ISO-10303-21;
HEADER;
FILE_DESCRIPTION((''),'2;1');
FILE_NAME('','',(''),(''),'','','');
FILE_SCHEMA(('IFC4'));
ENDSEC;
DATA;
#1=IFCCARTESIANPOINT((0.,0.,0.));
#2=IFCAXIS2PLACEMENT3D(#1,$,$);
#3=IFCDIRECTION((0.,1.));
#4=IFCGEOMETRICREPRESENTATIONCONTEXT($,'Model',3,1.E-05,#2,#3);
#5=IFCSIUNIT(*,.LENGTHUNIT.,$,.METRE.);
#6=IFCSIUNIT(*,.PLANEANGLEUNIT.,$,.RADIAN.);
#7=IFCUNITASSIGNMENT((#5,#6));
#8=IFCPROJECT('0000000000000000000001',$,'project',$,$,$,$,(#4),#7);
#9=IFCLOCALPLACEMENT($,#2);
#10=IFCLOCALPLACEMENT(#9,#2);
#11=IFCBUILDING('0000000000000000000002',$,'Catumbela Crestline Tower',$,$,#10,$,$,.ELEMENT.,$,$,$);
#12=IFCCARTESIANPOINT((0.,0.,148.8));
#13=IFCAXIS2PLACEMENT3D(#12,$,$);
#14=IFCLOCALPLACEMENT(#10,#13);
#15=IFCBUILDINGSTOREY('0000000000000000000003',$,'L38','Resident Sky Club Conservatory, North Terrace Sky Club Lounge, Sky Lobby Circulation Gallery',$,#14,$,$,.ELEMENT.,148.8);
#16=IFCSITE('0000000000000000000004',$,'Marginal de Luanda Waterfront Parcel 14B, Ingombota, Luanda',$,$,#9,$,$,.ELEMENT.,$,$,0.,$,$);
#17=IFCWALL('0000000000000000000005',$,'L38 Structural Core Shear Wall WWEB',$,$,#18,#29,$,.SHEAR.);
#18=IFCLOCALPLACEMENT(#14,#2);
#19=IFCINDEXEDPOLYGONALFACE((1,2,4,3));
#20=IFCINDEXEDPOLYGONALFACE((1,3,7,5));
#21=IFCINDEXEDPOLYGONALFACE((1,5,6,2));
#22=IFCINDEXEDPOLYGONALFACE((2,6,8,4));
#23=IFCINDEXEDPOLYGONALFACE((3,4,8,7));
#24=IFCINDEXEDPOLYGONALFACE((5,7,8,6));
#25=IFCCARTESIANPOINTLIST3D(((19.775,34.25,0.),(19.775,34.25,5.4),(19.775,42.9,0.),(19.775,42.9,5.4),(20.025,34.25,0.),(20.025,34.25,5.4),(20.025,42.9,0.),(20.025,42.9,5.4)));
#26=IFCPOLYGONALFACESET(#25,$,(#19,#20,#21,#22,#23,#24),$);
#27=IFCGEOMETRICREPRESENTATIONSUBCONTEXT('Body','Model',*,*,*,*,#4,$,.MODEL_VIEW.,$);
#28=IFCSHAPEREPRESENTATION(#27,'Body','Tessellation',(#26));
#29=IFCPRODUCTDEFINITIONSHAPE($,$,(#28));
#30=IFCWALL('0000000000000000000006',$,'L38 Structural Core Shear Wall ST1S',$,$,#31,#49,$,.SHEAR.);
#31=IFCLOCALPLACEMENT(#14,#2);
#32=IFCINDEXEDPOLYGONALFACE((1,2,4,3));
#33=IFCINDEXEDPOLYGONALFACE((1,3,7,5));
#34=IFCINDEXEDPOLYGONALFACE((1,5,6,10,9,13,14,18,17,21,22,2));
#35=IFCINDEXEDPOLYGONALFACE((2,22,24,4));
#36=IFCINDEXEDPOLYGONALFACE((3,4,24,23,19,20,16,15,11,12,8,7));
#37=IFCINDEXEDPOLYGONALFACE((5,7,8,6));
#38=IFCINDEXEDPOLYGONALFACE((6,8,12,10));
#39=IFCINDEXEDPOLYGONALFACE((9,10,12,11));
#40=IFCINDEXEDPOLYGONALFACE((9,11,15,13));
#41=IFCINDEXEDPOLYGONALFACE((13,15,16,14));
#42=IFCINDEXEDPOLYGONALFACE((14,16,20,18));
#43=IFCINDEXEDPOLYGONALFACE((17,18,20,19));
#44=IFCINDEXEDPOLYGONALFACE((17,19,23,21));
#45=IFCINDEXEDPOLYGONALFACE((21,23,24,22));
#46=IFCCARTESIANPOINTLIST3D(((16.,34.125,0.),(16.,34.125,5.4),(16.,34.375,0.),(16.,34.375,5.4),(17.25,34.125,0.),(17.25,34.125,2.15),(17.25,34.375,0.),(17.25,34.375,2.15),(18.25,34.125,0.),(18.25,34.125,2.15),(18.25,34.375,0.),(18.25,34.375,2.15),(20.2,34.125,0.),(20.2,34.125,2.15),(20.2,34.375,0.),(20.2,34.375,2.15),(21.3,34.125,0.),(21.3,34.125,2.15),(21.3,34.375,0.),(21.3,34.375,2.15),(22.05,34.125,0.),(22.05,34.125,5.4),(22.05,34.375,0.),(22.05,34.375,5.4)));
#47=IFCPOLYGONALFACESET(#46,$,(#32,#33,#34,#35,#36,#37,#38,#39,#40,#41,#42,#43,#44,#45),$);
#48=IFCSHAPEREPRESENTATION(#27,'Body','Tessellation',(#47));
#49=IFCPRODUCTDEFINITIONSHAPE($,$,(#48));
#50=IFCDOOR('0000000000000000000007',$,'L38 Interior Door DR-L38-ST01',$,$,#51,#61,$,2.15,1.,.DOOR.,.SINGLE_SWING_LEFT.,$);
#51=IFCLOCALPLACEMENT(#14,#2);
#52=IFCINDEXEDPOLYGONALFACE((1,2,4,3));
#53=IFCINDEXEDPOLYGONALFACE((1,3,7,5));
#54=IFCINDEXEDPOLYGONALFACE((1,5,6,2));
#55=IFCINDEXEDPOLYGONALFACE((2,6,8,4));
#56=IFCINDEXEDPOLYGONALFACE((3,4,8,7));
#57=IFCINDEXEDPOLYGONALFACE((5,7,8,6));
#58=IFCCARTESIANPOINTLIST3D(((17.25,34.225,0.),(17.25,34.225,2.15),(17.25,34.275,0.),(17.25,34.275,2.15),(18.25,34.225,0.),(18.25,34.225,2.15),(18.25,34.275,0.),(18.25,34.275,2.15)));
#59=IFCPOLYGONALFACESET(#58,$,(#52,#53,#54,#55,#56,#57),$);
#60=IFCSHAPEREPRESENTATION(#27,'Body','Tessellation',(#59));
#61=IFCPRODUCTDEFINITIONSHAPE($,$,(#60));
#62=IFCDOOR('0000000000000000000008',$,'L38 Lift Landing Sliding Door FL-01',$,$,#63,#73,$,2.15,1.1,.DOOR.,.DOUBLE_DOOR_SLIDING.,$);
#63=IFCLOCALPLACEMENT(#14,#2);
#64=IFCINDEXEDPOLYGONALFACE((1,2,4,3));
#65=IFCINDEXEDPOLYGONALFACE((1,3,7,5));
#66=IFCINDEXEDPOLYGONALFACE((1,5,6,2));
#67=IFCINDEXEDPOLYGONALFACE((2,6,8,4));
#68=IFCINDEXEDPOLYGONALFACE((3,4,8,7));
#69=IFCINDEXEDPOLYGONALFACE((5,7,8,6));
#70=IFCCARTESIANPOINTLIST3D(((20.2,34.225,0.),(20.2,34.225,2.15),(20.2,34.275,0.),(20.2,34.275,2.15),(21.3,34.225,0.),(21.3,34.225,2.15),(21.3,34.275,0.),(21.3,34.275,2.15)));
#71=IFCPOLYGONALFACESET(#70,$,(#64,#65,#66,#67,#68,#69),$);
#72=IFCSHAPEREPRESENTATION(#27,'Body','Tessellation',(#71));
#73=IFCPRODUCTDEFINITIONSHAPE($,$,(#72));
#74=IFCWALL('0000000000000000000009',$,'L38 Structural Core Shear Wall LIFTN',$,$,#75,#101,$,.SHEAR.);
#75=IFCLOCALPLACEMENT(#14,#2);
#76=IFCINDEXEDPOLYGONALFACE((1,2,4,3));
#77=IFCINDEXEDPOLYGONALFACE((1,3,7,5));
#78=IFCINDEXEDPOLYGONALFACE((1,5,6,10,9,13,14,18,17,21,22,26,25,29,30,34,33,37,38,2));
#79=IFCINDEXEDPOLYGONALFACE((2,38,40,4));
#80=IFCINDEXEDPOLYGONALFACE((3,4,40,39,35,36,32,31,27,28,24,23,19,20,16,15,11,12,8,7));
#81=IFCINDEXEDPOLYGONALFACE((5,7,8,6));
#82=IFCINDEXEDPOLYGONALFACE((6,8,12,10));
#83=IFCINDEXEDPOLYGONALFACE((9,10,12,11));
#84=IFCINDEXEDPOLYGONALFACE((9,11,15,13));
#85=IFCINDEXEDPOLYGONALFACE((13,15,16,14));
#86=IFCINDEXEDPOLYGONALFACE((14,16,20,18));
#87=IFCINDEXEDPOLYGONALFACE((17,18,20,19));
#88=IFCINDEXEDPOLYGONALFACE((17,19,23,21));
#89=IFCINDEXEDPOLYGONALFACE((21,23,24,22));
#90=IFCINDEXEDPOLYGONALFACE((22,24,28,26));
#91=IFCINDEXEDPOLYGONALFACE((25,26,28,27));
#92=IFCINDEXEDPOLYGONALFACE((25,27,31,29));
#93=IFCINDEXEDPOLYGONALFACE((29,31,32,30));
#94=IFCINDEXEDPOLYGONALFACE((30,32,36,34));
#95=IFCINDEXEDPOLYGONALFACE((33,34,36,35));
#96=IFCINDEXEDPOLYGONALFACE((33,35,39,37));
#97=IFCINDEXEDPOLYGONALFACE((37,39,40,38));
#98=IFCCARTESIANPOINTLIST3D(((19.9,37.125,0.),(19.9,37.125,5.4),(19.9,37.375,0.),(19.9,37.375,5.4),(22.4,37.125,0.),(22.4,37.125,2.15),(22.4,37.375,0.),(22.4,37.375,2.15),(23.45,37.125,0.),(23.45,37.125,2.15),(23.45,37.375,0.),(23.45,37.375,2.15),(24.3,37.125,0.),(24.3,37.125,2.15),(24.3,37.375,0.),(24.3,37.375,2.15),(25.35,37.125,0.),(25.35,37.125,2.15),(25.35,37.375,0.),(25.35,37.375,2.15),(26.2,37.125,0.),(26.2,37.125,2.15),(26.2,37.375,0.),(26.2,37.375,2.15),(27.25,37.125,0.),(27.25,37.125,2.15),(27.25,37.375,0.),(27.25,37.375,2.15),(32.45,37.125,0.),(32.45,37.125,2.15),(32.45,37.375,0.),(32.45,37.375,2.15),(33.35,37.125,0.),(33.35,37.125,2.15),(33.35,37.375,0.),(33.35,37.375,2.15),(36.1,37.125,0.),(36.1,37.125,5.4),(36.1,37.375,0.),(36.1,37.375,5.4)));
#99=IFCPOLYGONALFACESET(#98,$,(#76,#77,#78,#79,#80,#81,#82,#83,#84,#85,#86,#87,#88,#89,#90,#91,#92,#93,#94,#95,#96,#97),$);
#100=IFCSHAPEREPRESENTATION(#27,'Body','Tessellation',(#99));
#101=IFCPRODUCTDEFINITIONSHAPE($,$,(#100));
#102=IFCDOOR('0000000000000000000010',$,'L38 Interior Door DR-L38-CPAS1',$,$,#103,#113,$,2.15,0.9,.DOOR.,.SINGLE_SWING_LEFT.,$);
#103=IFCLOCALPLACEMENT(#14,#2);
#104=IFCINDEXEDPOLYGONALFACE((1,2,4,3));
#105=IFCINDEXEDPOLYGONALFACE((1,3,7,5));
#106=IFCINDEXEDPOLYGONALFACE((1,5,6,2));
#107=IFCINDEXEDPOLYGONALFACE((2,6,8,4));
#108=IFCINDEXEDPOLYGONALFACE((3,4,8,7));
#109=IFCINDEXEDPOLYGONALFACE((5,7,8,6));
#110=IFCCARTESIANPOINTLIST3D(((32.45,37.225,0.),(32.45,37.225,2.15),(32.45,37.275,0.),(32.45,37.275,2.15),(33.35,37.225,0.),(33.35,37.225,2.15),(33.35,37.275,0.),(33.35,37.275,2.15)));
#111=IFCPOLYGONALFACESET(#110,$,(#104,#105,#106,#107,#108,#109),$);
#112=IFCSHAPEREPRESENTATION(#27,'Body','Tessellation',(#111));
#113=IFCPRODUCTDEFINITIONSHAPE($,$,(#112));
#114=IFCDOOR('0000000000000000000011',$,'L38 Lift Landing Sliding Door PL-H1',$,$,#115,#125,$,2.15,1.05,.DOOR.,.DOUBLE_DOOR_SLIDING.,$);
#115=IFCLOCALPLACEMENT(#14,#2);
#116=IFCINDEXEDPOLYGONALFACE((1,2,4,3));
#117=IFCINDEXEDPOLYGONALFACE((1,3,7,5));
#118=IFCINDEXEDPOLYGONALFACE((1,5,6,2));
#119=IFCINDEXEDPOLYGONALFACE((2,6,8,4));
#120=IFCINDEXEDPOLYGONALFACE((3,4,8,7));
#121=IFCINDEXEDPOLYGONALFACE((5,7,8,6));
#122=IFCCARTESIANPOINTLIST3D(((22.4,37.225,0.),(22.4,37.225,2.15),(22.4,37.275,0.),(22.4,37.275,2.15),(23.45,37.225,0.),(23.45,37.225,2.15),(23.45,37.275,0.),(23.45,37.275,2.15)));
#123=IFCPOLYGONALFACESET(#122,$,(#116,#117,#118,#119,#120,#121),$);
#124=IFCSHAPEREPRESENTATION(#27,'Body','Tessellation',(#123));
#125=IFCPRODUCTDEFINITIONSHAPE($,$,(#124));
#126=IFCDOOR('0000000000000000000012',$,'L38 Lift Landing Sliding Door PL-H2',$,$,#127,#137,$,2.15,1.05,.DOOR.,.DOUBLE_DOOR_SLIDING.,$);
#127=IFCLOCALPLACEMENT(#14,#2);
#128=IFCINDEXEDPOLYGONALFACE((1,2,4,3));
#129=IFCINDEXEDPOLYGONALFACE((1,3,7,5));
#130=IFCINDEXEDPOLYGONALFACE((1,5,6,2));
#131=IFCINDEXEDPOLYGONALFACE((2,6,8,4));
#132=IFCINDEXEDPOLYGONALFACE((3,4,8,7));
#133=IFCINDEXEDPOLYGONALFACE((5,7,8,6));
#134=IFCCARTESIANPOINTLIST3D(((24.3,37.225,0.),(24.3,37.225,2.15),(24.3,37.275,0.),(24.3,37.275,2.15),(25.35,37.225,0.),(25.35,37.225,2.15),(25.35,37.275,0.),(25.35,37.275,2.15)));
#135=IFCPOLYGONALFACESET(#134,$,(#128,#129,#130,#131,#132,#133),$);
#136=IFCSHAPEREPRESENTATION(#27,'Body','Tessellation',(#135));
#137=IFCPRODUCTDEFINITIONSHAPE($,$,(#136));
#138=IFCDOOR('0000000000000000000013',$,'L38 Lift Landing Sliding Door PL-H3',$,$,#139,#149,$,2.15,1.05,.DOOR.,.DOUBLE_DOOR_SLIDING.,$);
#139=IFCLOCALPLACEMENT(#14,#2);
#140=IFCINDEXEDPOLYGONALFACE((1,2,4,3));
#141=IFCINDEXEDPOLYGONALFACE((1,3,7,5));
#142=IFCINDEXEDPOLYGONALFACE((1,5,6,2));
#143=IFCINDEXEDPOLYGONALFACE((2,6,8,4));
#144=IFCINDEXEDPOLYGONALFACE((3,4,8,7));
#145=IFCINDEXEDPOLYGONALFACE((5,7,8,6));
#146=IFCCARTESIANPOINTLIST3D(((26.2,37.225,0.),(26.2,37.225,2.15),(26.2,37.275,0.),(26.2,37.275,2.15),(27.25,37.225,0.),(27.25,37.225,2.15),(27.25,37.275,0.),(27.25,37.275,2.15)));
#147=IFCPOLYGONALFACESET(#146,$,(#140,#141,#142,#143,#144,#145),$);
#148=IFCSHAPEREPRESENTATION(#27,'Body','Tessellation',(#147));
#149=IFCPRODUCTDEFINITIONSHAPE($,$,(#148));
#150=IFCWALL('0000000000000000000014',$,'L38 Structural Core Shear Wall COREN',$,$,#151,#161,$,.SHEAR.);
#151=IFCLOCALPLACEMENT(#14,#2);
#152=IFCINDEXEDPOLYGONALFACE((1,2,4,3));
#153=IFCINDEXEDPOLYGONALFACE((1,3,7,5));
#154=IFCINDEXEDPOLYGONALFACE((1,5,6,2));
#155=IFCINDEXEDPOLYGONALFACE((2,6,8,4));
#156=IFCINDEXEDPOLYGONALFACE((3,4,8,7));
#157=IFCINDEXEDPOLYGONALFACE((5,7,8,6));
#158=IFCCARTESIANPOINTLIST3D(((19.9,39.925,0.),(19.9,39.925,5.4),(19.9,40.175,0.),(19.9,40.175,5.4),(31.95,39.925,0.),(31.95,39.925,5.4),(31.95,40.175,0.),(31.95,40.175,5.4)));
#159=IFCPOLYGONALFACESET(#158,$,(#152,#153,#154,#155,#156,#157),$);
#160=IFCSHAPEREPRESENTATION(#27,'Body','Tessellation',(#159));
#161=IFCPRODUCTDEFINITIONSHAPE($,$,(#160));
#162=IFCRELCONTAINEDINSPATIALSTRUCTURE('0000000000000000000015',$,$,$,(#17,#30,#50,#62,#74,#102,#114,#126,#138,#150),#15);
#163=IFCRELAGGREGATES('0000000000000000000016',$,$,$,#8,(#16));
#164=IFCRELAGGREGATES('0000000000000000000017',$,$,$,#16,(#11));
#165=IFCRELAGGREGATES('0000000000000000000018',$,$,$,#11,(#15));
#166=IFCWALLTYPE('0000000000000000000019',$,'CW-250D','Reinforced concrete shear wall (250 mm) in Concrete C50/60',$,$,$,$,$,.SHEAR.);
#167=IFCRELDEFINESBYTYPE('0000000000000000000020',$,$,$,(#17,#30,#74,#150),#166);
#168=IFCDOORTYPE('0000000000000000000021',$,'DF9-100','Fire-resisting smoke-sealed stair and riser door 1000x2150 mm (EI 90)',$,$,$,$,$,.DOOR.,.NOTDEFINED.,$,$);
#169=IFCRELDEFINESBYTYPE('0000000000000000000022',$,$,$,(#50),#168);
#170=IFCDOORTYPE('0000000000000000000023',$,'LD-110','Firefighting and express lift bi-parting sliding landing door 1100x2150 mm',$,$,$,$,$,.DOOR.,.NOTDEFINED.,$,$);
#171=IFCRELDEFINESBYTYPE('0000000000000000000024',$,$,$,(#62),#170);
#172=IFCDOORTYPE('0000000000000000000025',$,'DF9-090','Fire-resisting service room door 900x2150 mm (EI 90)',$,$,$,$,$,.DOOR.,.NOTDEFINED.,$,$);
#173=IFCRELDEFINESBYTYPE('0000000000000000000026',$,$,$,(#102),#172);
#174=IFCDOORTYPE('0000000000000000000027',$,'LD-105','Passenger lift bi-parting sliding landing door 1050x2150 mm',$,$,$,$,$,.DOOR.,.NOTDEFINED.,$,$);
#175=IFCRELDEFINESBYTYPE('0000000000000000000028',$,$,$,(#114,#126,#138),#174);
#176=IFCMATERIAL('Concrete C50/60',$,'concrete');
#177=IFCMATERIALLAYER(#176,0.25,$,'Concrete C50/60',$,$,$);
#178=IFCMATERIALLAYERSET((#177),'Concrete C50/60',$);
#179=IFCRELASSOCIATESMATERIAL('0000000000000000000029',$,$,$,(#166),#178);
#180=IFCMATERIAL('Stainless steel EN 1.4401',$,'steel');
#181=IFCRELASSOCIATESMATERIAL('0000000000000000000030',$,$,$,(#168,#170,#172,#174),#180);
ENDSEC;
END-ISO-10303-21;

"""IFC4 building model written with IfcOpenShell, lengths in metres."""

from ifc_helpers import new_model, si_unit, direction, frame, frame_2d, origin, place, context, subcontext, project, spatial, rectangle, extrude, material, layer, layer_set, type_object, element, fill, save


model = new_model("IFC4")

# Units and contexts
model_context = context("Model", 3, precision=1e-05, world=origin(), true_north=direction((0.0, 1.0)))
body_context = subcontext(model_context, "Body", "Model", "MODEL_VIEW")
ifc_project = project(units=[si_unit("LENGTHUNIT", "METRE"), si_unit("PLANEANGLEUNIT", "RADIAN")], contexts=[model_context])

# Site, building, storey
site_placement = place(None, origin())
site = spatial("IfcSite", under=ifc_project, at=site_placement, Name="Marginal de Luanda Waterfront Parcel 14B, Ingombota, Luanda", CompositionType="ELEMENT", RefElevation=0.0)
building_placement = place(site_placement, origin())
building = spatial("IfcBuilding", under=site, at=building_placement, Name="Catumbela Crestline Tower", CompositionType="ELEMENT")
storey_placement = place(building_placement, frame((0.0, 0.0, 148.8)))
storey = spatial("IfcBuildingStorey", under=building, at=storey_placement, Name="L38", Description="Resident Sky Club Conservatory, North Terrace Sky Club Lounge, Sky Lobby Circulation Gallery", CompositionType="ELEMENT", Elevation=148.8)

# Wall
ifc_material_1 = material(Name="Concrete C50/60", Category="concrete")
ifc_layer_1 = layer(ifc_material_1, 0.25, Name="Concrete C50/60")
ifc_layer_set_1 = layer_set([ifc_layer_1], Name="Concrete C50/60")
wall_type_1 = type_object("IfcWallType", Name="CW-250D", Description="Reinforced concrete shear wall (250 mm) in Concrete C50/60", PredefinedType="SHEAR", material=ifc_layer_set_1)
wall_1_placement = place(storey_placement, frame((19.9, 34.25, 0.0), z_axis=(0.0, 0.0, 1.0), x_axis=(0.0, 1.0, 0.0)))
element("IfcWall", 1, at=wall_1_placement, inside=storey, type_object=wall_type_1, Name="L38 Structural Core Shear Wall WWEB", PredefinedType="SHEAR", context=body_context, shape_type="SweptSolid", body=[
    extrude(rectangle(XDim=8.65, YDim=0.25, at=frame_2d((4.325, 0.0))), origin(), (0.0, 0.0, 1.0), 5.4),
])

# Walls, openings, doors
wall_2_placement = place(storey_placement, frame((16.0, 34.25, 0.0), z_axis=(0.0, 0.0, 1.0), x_axis=(1.0, 0.0, 0.0)))
wall_2 = element("IfcWall", 2, at=wall_2_placement, inside=storey, type_object=wall_type_1, Name="L38 Structural Core Shear Wall ST1S", PredefinedType="SHEAR", context=body_context, shape_type="SweptSolid", body=[
    extrude(rectangle(XDim=6.05, YDim=0.25, at=frame_2d((3.025, 0.0))), origin(), (0.0, 0.0, 1.0), 5.4),
])
opening_1_placement = place(wall_2_placement, frame((1.25, 0.0, 0.0)))
opening_1 = element("IfcOpeningElement", 3, at=opening_1_placement, cuts=wall_2, PredefinedType="OPENING", context=body_context, shape_type="SweptSolid", body=[
    extrude(rectangle(XDim=1.0, YDim=2.15, at=frame_2d((0.5, 1.075))), frame((0.0, 0.135, 0.0), z_axis=(0.0, -1.0, 0.0), x_axis=(1.0, 0.0, 0.0)), (0.0, 0.0, 1.0), 0.27),
])
opening_2_placement = place(wall_2_placement, frame((4.2, 0.0, 0.0)))
opening_2 = element("IfcOpeningElement", 4, at=opening_2_placement, cuts=wall_2, PredefinedType="OPENING", context=body_context, shape_type="SweptSolid", body=[
    extrude(rectangle(XDim=1.1, YDim=2.15, at=frame_2d((0.55, 1.075))), frame((0.0, 0.135, 0.0), z_axis=(0.0, -1.0, 0.0), x_axis=(1.0, 0.0, 0.0)), (0.0, 0.0, 1.0), 0.27),
])
ifc_material_2 = material(Name="Stainless steel EN 1.4401", Category="steel")
door_type_1 = type_object("IfcDoorType", Name="DF9-100", Description="Fire-resisting smoke-sealed stair and riser door 1000x2150 mm (EI 90)", OperationType="NOTDEFINED", PredefinedType="DOOR", material=ifc_material_2)
door_1_placement = place(opening_1_placement, origin())
door_1 = element("IfcDoor", 5, at=door_1_placement, inside=storey, type_object=door_type_1, Name="L38 Interior Door DR-L38-ST01", OperationType="SINGLE_SWING_LEFT", OverallHeight=2.15, OverallWidth=1.0, PredefinedType="DOOR", context=body_context, shape_type="SweptSolid", body=[
    extrude(rectangle(XDim=1.0, YDim=2.15, at=frame_2d((0.5, 1.075))), frame((0.0, 0.025, 0.0), z_axis=(0.0, -1.0, 0.0), x_axis=(1.0, 0.0, 0.0)), (0.0, 0.0, 1.0), 0.05),
])
fill(opening_1, door_1)
door_type_2 = type_object("IfcDoorType", Name="LD-110", Description="Firefighting and express lift bi-parting sliding landing door 1100x2150 mm", OperationType="NOTDEFINED", PredefinedType="DOOR", material=ifc_material_2)
door_2_placement = place(opening_2_placement, origin())
door_2 = element("IfcDoor", 6, at=door_2_placement, inside=storey, type_object=door_type_2, Name="L38 Lift Landing Sliding Door FL-01", OperationType="DOUBLE_DOOR_SLIDING", OverallHeight=2.15, OverallWidth=1.1, PredefinedType="DOOR", context=body_context, shape_type="SweptSolid", body=[
    extrude(rectangle(XDim=1.1, YDim=2.15, at=frame_2d((0.55, 1.075))), frame((0.0, 0.025, 0.0), z_axis=(0.0, -1.0, 0.0), x_axis=(1.0, 0.0, 0.0)), (0.0, 0.0, 1.0), 0.05),
])
fill(opening_2, door_2)
wall_3_placement = place(storey_placement, frame((19.9, 37.25, 0.0), z_axis=(0.0, 0.0, 1.0), x_axis=(1.0, 0.0, 0.0)))
wall_3 = element("IfcWall", 7, at=wall_3_placement, inside=storey, type_object=wall_type_1, Name="L38 Structural Core Shear Wall LIFTN", PredefinedType="SHEAR", context=body_context, shape_type="SweptSolid", body=[
    extrude(rectangle(XDim=16.2, YDim=0.25, at=frame_2d((8.1, 0.0))), origin(), (0.0, 0.0, 1.0), 5.4),
])
opening_3_placement = place(wall_3_placement, frame((12.55, 0.0, 0.0)))
opening_3 = element("IfcOpeningElement", 8, at=opening_3_placement, cuts=wall_3, PredefinedType="OPENING", context=body_context, shape_type="SweptSolid", body=[
    extrude(rectangle(XDim=0.9, YDim=2.15, at=frame_2d((0.45, 1.075))), frame((0.0, 0.135, 0.0), z_axis=(0.0, -1.0, 0.0), x_axis=(1.0, 0.0, 0.0)), (0.0, 0.0, 1.0), 0.27),
])
opening_4_placement = place(wall_3_placement, frame((2.5, 0.0, 0.0)))
opening_4 = element("IfcOpeningElement", 9, at=opening_4_placement, cuts=wall_3, PredefinedType="OPENING", context=body_context, shape_type="SweptSolid", body=[
    extrude(rectangle(XDim=1.05, YDim=2.15, at=frame_2d((0.525, 1.075))), frame((0.0, 0.135, 0.0), z_axis=(0.0, -1.0, 0.0), x_axis=(1.0, 0.0, 0.0)), (0.0, 0.0, 1.0), 0.27),
])
opening_5_placement = place(wall_3_placement, frame((4.4, 0.0, 0.0)))
opening_5 = element("IfcOpeningElement", 10, at=opening_5_placement, cuts=wall_3, PredefinedType="OPENING", context=body_context, shape_type="SweptSolid", body=[
    extrude(rectangle(XDim=1.05, YDim=2.15, at=frame_2d((0.525, 1.075))), frame((0.0, 0.135, 0.0), z_axis=(0.0, -1.0, 0.0), x_axis=(1.0, 0.0, 0.0)), (0.0, 0.0, 1.0), 0.27),
])
opening_6_placement = place(wall_3_placement, frame((6.3, 0.0, 0.0)))
opening_6 = element("IfcOpeningElement", 11, at=opening_6_placement, cuts=wall_3, PredefinedType="OPENING", context=body_context, shape_type="SweptSolid", body=[
    extrude(rectangle(XDim=1.05, YDim=2.15, at=frame_2d((0.525, 1.075))), frame((0.0, 0.135, 0.0), z_axis=(0.0, -1.0, 0.0), x_axis=(1.0, 0.0, 0.0)), (0.0, 0.0, 1.0), 0.27),
])
door_type_3 = type_object("IfcDoorType", Name="DF9-090", Description="Fire-resisting service room door 900x2150 mm (EI 90)", OperationType="NOTDEFINED", PredefinedType="DOOR", material=ifc_material_2)
door_3_placement = place(opening_3_placement, origin())
door_3 = element("IfcDoor", 12, at=door_3_placement, inside=storey, type_object=door_type_3, Name="L38 Interior Door DR-L38-CPAS1", OperationType="SINGLE_SWING_LEFT", OverallHeight=2.15, OverallWidth=0.9, PredefinedType="DOOR", context=body_context, shape_type="SweptSolid", body=[
    extrude(rectangle(XDim=0.9, YDim=2.15, at=frame_2d((0.45, 1.075))), frame((0.0, 0.025, 0.0), z_axis=(0.0, -1.0, 0.0), x_axis=(1.0, 0.0, 0.0)), (0.0, 0.0, 1.0), 0.05),
])
fill(opening_3, door_3)
door_type_4 = type_object("IfcDoorType", Name="LD-105", Description="Passenger lift bi-parting sliding landing door 1050x2150 mm", OperationType="NOTDEFINED", PredefinedType="DOOR", material=ifc_material_2)
door_4_placement = place(opening_4_placement, origin())
door_4 = element("IfcDoor", 13, at=door_4_placement, inside=storey, type_object=door_type_4, Name="L38 Lift Landing Sliding Door PL-H1", OperationType="DOUBLE_DOOR_SLIDING", OverallHeight=2.15, OverallWidth=1.05, PredefinedType="DOOR", context=body_context, shape_type="SweptSolid", body=[
    extrude(rectangle(XDim=1.05, YDim=2.15, at=frame_2d((0.525, 1.075))), frame((0.0, 0.025, 0.0), z_axis=(0.0, -1.0, 0.0), x_axis=(1.0, 0.0, 0.0)), (0.0, 0.0, 1.0), 0.05),
])
fill(opening_4, door_4)
door_5_placement = place(opening_5_placement, origin())
door_5 = element("IfcDoor", 14, at=door_5_placement, inside=storey, type_object=door_type_4, Name="L38 Lift Landing Sliding Door PL-H2", OperationType="DOUBLE_DOOR_SLIDING", OverallHeight=2.15, OverallWidth=1.05, PredefinedType="DOOR", context=body_context, shape_type="SweptSolid", body=[
    extrude(rectangle(XDim=1.05, YDim=2.15, at=frame_2d((0.525, 1.075))), frame((0.0, 0.025, 0.0), z_axis=(0.0, -1.0, 0.0), x_axis=(1.0, 0.0, 0.0)), (0.0, 0.0, 1.0), 0.05),
])
fill(opening_5, door_5)
door_6_placement = place(opening_6_placement, origin())
door_6 = element("IfcDoor", 15, at=door_6_placement, inside=storey, type_object=door_type_4, Name="L38 Lift Landing Sliding Door PL-H3", OperationType="DOUBLE_DOOR_SLIDING", OverallHeight=2.15, OverallWidth=1.05, PredefinedType="DOOR", context=body_context, shape_type="SweptSolid", body=[
    extrude(rectangle(XDim=1.05, YDim=2.15, at=frame_2d((0.525, 1.075))), frame((0.0, 0.025, 0.0), z_axis=(0.0, -1.0, 0.0), x_axis=(1.0, 0.0, 0.0)), (0.0, 0.0, 1.0), 0.05),
])
fill(opening_6, door_6)

# Wall
wall_4_placement = place(storey_placement, frame((19.9, 40.05, 0.0), z_axis=(0.0, 0.0, 1.0), x_axis=(1.0, 0.0, 0.0)))
element("IfcWall", 16, at=wall_4_placement, inside=storey, type_object=wall_type_1, Name="L38 Structural Core Shear Wall COREN", PredefinedType="SHEAR", context=body_context, shape_type="SweptSolid", body=[
    extrude(rectangle(XDim=12.05, YDim=0.25, at=frame_2d((6.025, 0.0))), origin(), (0.0, 0.0, 1.0), 5.4),
])

save(model, "model.ifc")
